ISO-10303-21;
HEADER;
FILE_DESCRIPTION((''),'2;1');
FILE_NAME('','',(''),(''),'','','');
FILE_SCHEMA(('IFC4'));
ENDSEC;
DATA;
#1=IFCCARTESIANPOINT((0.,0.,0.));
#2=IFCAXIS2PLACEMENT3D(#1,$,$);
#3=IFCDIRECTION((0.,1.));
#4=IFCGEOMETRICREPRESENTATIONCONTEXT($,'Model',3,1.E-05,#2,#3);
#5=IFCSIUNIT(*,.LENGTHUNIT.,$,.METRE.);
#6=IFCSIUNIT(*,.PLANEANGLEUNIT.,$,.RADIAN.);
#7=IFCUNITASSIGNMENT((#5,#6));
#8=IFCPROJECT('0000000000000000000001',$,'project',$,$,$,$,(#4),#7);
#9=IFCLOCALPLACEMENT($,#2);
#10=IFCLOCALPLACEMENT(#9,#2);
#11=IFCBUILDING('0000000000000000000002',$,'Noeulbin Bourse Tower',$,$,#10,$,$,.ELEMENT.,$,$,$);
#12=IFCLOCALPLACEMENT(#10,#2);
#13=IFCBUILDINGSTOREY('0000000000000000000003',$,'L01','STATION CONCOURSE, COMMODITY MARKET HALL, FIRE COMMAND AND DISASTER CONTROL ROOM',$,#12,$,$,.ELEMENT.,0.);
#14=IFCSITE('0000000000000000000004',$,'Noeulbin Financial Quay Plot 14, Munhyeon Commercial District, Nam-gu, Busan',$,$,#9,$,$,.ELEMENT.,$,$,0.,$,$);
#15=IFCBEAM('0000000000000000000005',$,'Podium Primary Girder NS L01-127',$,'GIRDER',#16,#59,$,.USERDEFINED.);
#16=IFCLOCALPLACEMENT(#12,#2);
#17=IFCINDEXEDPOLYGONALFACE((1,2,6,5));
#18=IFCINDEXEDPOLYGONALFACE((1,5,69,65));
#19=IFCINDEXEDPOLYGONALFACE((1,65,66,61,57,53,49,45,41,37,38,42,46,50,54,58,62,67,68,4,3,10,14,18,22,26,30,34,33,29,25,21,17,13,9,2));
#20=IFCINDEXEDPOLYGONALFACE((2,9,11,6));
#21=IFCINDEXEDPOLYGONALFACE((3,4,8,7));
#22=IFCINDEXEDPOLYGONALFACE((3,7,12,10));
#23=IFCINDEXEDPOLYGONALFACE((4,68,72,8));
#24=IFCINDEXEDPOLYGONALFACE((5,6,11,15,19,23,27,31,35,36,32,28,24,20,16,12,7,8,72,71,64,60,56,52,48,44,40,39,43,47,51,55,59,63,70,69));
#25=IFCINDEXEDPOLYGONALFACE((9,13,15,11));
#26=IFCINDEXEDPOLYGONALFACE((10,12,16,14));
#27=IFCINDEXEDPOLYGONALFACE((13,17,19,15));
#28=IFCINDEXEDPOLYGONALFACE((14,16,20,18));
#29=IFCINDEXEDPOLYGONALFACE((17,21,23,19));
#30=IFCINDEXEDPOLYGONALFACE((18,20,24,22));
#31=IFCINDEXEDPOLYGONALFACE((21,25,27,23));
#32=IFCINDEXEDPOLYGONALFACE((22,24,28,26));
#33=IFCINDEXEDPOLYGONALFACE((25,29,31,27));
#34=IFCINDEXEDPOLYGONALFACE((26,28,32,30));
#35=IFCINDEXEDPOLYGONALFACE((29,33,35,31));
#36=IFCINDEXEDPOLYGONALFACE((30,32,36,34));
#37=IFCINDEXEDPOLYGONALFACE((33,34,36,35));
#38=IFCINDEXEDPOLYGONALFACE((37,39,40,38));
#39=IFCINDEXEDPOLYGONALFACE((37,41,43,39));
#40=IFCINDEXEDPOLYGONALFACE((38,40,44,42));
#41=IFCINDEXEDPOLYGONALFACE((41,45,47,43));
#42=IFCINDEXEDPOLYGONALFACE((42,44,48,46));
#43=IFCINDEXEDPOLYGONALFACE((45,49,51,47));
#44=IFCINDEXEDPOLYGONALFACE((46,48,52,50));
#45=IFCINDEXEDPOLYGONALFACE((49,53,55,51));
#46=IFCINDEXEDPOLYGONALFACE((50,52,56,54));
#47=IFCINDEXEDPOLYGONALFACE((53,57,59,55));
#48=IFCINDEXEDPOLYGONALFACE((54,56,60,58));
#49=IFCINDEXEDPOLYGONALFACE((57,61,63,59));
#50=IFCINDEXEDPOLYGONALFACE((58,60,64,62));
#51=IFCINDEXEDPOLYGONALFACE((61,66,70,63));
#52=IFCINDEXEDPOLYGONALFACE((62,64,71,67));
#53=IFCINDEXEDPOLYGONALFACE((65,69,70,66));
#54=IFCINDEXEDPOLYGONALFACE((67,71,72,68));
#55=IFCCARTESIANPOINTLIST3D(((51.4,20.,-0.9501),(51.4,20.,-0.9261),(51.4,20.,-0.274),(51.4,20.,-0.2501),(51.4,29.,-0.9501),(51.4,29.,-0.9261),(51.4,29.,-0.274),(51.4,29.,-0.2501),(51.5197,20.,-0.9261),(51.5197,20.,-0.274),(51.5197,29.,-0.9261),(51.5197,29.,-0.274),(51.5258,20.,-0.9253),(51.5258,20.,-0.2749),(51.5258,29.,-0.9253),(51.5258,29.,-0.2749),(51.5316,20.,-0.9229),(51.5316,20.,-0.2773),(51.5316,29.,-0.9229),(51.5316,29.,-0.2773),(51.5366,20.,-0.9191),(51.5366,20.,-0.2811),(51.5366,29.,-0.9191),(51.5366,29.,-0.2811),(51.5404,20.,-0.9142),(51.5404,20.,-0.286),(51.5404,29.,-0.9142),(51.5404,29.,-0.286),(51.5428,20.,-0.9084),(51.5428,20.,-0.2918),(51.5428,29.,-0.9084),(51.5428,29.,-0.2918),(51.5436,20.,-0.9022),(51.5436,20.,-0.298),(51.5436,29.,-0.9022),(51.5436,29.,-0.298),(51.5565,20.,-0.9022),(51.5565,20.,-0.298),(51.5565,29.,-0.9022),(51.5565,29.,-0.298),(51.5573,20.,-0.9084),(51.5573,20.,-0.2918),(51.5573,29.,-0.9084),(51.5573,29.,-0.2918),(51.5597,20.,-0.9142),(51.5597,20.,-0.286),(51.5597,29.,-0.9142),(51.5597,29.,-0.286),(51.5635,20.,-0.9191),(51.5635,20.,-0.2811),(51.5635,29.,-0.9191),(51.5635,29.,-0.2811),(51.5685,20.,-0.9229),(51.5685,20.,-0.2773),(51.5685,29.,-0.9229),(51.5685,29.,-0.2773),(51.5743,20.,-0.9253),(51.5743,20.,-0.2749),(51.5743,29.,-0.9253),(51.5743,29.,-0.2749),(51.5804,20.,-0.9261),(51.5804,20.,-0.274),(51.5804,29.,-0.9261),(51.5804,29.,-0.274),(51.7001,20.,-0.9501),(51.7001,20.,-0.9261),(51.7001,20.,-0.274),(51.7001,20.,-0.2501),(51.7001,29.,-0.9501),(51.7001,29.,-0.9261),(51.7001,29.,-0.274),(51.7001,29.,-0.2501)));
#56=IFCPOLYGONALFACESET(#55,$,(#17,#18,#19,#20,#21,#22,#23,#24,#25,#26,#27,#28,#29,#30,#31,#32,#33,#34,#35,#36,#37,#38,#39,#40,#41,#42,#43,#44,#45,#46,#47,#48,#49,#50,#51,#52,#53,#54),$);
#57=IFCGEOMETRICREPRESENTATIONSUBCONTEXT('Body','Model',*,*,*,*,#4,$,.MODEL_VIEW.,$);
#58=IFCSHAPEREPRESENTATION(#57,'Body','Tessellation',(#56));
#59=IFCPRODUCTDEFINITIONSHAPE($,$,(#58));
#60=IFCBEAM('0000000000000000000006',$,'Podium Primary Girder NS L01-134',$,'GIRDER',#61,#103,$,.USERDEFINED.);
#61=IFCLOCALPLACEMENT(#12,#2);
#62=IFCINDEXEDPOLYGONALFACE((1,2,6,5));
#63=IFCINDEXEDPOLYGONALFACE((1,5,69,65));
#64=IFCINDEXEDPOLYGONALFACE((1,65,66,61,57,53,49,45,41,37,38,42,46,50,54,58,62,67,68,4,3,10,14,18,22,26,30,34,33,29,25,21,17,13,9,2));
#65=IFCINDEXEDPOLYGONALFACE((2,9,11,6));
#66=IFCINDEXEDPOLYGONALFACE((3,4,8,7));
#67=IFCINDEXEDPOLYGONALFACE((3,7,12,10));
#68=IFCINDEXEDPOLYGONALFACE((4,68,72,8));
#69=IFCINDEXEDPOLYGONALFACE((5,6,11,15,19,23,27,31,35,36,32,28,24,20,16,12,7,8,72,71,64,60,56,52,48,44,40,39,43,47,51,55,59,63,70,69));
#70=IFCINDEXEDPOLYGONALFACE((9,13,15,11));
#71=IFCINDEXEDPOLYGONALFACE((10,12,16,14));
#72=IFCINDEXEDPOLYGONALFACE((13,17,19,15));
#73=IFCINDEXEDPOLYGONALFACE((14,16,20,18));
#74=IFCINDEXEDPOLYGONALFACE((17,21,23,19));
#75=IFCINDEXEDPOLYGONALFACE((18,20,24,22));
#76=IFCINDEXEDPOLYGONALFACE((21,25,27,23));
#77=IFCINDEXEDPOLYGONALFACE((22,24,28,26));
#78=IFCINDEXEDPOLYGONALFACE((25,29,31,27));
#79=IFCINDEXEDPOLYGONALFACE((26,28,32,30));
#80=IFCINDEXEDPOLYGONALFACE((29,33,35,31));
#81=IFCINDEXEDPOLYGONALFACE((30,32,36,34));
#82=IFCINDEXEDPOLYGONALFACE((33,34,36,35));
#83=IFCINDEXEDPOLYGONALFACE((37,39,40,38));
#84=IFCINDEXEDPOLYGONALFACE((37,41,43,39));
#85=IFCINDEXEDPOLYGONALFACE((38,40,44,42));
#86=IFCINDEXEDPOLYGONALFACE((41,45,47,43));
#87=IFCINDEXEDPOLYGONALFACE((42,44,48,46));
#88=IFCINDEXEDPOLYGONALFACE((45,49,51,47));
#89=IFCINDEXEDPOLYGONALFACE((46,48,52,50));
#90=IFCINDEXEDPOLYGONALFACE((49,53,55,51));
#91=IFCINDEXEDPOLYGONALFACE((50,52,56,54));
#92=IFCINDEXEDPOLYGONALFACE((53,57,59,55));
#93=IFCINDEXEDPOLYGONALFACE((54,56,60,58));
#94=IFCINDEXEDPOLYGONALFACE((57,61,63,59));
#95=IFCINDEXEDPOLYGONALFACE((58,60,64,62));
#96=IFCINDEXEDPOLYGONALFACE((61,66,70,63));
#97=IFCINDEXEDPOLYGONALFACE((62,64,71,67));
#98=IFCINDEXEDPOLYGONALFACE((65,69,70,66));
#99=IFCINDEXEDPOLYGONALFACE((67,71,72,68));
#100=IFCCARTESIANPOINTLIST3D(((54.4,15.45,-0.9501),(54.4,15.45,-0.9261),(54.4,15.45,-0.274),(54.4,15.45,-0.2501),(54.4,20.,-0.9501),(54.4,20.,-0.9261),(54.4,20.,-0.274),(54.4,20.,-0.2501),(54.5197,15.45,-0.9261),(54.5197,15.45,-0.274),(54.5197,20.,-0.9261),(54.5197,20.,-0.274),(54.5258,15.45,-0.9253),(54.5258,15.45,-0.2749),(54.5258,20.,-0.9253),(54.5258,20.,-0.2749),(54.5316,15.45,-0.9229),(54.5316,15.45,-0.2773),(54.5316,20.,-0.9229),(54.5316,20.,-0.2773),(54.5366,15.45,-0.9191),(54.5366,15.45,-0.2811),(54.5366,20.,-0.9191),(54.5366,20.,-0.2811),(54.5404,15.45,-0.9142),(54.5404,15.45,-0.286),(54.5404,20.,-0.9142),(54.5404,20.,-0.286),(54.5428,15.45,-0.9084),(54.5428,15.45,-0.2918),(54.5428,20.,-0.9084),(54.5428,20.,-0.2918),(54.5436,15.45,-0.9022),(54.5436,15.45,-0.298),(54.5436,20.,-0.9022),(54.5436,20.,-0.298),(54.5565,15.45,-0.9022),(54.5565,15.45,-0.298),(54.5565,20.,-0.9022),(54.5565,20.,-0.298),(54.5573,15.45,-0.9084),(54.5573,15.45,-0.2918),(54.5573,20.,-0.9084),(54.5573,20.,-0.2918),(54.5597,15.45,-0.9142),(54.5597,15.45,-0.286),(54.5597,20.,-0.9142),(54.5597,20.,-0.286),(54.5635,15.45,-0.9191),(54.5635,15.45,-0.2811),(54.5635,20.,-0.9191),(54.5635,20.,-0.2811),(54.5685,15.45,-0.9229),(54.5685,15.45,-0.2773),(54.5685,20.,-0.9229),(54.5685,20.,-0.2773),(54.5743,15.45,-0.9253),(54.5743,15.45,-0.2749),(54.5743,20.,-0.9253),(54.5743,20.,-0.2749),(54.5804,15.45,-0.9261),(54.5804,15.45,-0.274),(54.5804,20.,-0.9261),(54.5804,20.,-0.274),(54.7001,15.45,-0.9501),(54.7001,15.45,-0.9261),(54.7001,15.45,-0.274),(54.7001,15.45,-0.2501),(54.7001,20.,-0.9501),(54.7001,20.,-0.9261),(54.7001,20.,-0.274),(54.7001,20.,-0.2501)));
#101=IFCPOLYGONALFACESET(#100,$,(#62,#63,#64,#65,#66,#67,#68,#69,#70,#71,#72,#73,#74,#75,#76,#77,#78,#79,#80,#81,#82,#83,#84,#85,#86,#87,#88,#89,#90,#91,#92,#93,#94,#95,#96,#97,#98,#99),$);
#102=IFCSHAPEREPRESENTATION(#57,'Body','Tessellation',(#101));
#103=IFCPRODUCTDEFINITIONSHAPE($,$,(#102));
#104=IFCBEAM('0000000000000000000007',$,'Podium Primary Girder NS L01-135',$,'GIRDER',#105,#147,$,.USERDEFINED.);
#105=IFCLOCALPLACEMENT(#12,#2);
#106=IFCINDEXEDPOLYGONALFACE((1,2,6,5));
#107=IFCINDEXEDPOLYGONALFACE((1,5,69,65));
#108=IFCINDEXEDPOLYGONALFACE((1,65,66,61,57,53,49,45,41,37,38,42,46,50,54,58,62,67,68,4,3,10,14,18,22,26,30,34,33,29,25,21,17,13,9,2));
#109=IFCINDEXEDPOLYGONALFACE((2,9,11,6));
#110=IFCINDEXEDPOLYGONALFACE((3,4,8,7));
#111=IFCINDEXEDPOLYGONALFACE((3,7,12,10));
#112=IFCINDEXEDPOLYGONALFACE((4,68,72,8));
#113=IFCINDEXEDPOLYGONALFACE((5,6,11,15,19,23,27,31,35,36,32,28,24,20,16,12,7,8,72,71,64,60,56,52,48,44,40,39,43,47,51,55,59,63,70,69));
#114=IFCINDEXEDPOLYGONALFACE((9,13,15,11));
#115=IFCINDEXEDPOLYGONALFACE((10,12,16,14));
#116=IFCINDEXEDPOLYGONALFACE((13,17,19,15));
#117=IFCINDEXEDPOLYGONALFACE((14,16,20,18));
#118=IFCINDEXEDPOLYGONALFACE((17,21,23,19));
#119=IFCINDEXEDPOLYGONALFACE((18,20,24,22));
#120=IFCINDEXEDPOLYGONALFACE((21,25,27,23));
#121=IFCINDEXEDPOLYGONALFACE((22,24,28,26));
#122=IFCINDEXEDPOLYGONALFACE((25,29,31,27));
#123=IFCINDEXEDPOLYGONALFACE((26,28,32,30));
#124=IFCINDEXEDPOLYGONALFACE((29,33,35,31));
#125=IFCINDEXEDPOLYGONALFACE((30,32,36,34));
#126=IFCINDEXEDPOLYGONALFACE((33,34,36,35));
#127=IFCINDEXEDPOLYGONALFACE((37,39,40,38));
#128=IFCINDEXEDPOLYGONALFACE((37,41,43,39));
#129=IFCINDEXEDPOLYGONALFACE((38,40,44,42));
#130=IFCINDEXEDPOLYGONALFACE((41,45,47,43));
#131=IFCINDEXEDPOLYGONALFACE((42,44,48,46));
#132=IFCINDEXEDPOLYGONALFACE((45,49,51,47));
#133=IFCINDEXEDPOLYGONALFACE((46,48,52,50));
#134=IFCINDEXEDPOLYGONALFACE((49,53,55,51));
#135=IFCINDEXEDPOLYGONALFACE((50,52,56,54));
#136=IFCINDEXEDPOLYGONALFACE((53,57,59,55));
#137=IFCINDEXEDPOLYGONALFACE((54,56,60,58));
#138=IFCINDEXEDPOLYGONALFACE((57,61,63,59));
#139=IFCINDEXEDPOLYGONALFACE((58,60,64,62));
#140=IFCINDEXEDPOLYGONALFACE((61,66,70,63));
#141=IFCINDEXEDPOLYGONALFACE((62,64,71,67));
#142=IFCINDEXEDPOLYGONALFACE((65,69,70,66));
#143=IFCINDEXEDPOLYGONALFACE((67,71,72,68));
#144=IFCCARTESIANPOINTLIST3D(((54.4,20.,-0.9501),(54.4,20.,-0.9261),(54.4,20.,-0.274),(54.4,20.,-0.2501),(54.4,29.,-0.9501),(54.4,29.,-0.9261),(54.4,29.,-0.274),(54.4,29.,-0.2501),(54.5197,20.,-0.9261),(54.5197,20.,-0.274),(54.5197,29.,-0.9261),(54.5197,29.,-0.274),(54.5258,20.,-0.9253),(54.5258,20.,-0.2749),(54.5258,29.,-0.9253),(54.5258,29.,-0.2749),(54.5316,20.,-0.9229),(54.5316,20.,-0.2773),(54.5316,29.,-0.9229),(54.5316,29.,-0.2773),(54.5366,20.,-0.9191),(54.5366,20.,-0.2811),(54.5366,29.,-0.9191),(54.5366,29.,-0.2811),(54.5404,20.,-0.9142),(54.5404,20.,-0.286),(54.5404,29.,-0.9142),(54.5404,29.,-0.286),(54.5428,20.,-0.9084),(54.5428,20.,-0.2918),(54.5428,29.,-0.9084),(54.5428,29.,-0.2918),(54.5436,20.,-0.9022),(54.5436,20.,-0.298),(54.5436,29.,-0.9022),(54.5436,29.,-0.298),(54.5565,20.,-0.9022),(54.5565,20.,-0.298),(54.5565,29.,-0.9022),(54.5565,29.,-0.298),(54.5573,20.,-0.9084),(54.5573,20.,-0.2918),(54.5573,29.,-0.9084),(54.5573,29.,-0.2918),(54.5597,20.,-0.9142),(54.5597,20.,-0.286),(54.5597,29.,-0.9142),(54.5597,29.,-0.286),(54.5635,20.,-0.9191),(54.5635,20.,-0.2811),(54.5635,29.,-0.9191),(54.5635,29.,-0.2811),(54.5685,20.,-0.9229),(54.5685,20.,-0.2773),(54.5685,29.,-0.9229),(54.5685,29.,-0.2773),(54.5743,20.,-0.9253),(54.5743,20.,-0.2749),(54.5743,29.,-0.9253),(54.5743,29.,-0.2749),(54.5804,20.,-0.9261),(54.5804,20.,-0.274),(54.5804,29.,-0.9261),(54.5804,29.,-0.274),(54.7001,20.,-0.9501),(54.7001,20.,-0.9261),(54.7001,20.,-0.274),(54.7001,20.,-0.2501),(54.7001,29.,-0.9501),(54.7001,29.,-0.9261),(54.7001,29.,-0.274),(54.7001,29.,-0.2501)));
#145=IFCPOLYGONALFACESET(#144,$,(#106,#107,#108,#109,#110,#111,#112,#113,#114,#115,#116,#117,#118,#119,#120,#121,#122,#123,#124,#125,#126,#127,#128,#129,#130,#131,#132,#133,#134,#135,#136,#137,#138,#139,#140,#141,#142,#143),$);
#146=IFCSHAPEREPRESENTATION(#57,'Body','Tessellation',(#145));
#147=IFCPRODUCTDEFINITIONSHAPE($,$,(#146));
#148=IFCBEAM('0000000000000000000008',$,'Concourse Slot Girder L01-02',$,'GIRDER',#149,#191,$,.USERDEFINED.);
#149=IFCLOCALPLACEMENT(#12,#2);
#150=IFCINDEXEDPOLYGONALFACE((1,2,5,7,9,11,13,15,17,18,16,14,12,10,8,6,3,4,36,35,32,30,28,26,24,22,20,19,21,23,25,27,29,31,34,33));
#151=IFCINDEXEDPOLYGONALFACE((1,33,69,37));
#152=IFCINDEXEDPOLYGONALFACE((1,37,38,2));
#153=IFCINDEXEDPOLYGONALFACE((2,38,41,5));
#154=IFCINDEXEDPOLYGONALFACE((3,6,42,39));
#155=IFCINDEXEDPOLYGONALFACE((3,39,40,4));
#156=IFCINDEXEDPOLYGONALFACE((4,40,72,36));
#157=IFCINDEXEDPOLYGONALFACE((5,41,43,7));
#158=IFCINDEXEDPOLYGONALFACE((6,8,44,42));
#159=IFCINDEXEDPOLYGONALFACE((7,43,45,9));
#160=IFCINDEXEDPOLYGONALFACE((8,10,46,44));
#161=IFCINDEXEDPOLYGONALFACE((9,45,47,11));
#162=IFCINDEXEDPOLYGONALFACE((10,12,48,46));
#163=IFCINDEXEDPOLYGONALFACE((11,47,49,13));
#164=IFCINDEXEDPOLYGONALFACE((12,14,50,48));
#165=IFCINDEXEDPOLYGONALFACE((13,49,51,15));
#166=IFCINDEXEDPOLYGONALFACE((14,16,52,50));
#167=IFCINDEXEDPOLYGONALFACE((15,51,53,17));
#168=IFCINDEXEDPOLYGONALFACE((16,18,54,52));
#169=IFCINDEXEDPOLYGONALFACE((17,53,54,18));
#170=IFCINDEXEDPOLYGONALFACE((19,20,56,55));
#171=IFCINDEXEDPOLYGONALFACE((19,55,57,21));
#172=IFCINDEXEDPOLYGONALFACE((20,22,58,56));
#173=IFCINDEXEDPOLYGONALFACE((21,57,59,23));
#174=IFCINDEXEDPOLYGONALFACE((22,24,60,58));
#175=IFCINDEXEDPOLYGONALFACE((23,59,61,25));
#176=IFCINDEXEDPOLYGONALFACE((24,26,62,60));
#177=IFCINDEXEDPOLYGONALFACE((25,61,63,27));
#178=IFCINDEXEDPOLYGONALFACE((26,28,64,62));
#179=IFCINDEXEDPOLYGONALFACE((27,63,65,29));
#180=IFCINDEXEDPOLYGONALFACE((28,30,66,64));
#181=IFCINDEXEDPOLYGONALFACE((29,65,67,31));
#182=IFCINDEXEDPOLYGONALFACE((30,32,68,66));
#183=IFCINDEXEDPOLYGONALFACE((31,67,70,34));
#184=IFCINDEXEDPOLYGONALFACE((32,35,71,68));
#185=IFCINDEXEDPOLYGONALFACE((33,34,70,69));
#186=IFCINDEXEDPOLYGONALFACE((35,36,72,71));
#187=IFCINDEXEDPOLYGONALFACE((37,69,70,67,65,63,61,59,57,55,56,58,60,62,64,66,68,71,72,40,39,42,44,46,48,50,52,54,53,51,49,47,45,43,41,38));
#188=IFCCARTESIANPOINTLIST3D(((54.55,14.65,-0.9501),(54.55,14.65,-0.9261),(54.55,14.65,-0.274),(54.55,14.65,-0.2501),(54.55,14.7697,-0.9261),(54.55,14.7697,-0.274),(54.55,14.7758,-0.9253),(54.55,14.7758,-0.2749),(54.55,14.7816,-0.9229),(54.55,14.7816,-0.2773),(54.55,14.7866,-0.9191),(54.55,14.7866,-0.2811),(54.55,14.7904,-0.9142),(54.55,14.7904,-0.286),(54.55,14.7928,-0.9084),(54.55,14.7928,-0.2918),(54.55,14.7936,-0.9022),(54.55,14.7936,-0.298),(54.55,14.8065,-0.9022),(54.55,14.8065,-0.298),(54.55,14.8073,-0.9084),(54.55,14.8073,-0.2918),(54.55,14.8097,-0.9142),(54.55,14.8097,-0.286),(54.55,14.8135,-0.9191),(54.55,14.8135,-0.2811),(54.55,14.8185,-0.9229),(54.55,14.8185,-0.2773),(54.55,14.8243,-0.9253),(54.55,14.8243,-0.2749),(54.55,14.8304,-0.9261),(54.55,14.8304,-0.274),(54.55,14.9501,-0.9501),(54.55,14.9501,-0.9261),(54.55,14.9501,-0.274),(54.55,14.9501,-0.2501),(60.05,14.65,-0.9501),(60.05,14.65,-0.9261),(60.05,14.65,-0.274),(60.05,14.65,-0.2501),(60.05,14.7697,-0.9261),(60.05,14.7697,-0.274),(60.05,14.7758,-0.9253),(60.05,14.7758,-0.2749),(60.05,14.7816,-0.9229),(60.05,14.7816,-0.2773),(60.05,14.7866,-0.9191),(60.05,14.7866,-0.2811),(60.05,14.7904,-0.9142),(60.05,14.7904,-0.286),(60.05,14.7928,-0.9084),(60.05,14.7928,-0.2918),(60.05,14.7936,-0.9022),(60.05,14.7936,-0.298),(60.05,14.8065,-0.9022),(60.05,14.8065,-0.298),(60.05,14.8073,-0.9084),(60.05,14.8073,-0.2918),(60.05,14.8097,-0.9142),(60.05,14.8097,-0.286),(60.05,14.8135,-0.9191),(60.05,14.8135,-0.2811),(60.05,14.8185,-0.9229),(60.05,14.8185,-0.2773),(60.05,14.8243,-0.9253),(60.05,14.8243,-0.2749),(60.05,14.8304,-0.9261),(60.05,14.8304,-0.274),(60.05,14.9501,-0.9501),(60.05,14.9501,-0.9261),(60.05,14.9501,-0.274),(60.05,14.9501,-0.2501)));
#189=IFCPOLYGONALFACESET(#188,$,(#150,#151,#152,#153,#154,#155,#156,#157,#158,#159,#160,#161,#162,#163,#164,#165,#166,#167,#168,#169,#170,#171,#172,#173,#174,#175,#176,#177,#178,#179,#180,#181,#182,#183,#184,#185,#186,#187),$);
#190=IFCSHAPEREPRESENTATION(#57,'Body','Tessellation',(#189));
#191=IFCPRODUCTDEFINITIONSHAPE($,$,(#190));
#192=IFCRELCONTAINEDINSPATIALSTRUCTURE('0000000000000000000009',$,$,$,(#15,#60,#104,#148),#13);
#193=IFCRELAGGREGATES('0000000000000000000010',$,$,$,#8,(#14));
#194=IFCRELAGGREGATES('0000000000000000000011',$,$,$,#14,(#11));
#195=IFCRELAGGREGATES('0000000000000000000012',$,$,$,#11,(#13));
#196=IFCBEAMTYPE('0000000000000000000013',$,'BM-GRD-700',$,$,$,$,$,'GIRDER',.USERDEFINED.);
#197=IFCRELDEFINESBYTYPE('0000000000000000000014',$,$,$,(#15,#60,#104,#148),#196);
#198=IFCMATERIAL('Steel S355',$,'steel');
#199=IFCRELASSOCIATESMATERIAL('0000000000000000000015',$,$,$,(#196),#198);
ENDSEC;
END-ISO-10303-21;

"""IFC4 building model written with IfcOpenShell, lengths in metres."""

from ifc_helpers import new_model, si_unit, direction, frame, origin, origin_2d, place, context, subcontext, project, spatial, i_section, extrude, material, material_profile, profile_set, type_object, element, save


model = new_model("IFC4")

# Units and contexts
model_context = context("Model", 3, precision=1e-05, world=origin(), true_north=direction((0.0, 1.0)))
body_context = subcontext(model_context, "Body", "Model", "MODEL_VIEW")
ifc_project = project(units=[si_unit("LENGTHUNIT", "METRE"), si_unit("PLANEANGLEUNIT", "RADIAN")], contexts=[model_context])

# Site, building, storey
site_placement = place(None, origin())
site = spatial("IfcSite", under=ifc_project, at=site_placement, Name="Noeulbin Financial Quay Plot 14, Munhyeon Commercial District, Nam-gu, Busan", CompositionType="ELEMENT", RefElevation=0.0)
building_placement = place(site_placement, origin())
building = spatial("IfcBuilding", under=site, at=building_placement, Name="Noeulbin Bourse Tower", CompositionType="ELEMENT")
storey_placement = place(building_placement, origin())
storey = spatial("IfcBuildingStorey", under=building, at=storey_placement, Name="L01", Description="STATION CONCOURSE, COMMODITY MARKET HALL, FIRE COMMAND AND DISASTER CONTROL ROOM", CompositionType="ELEMENT", Elevation=0.0)

# Beams
ifc_material_1 = material(Name="Steel S355", Category="steel")
ifc_material_profile_1 = material_profile(ifc_material_1, i_section(OverallWidth=0.3, OverallDepth=0.7, WebThickness=0.0129, FlangeThickness=0.0239, FilletRadius=0.0239, at=origin_2d()), Name="H-700x300x13x24", Category="LoadBearing")
ifc_profile_set_1 = profile_set([ifc_material_profile_1], Name="Steel S355")
beam_type_1 = type_object("IfcBeamType", Name="BM-GRD-700", ElementType="GIRDER", PredefinedType="USERDEFINED", material=ifc_profile_set_1)
beam_1_placement = place(storey_placement, frame((51.55, 20.0, -0.6001), z_axis=(0.0, 1.0, 0.0), x_axis=(-1.0, 0.0, 0.0)))
element("IfcBeam", 1, at=beam_1_placement, inside=storey, type_object=beam_type_1, Name="Podium Primary Girder NS L01-127", ObjectType="GIRDER", PredefinedType="USERDEFINED", context=body_context, shape_type="SweptSolid", body=[
    extrude(i_section(OverallWidth=0.3, OverallDepth=0.7, WebThickness=0.0129, FlangeThickness=0.0239, FilletRadius=0.0239, at=origin_2d()), origin(), (0.0, 0.0, 1.0), 9.0),
])
beam_2_placement = place(storey_placement, frame((54.55, 15.45, -0.6001), z_axis=(0.0, 1.0, 0.0), x_axis=(-1.0, 0.0, 0.0)))
element("IfcBeam", 2, at=beam_2_placement, inside=storey, type_object=beam_type_1, Name="Podium Primary Girder NS L01-134", ObjectType="GIRDER", PredefinedType="USERDEFINED", context=body_context, shape_type="SweptSolid", body=[
    extrude(i_section(OverallWidth=0.3, OverallDepth=0.7, WebThickness=0.0129, FlangeThickness=0.0239, FilletRadius=0.0239, at=origin_2d()), origin(), (0.0, 0.0, 1.0), 4.55),
])
beam_3_placement = place(storey_placement, frame((54.55, 20.0, -0.6001), z_axis=(0.0, 1.0, 0.0), x_axis=(-1.0, 0.0, 0.0)))
element("IfcBeam", 3, at=beam_3_placement, inside=storey, type_object=beam_type_1, Name="Podium Primary Girder NS L01-135", ObjectType="GIRDER", PredefinedType="USERDEFINED", context=body_context, shape_type="SweptSolid", body=[
    extrude(i_section(OverallWidth=0.3, OverallDepth=0.7, WebThickness=0.0129, FlangeThickness=0.0239, FilletRadius=0.0239, at=origin_2d()), origin(), (0.0, 0.0, 1.0), 9.0),
])
for number, where, z_axis, x_axis, name in (
    (4, (54.55, 14.8, -0.6001), (1.0, 0.0, 0.0), (0.0, 1.0, 0.0), "Concourse Slot Girder L01-02"),
):
    element("IfcBeam", number, at=place(storey_placement, frame(where, z_axis=z_axis, x_axis=x_axis)), inside=storey, type_object=beam_type_1, Name=name, ObjectType="GIRDER", PredefinedType="USERDEFINED", context=body_context, shape_type="SweptSolid", body=[
        extrude(i_section(OverallWidth=0.3, OverallDepth=0.7, WebThickness=0.0129, FlangeThickness=0.0239, FilletRadius=0.0239, at=origin_2d()), origin(), (0.0, 0.0, 1.0), 5.5),
    ])

save(model, "model.ifc")
